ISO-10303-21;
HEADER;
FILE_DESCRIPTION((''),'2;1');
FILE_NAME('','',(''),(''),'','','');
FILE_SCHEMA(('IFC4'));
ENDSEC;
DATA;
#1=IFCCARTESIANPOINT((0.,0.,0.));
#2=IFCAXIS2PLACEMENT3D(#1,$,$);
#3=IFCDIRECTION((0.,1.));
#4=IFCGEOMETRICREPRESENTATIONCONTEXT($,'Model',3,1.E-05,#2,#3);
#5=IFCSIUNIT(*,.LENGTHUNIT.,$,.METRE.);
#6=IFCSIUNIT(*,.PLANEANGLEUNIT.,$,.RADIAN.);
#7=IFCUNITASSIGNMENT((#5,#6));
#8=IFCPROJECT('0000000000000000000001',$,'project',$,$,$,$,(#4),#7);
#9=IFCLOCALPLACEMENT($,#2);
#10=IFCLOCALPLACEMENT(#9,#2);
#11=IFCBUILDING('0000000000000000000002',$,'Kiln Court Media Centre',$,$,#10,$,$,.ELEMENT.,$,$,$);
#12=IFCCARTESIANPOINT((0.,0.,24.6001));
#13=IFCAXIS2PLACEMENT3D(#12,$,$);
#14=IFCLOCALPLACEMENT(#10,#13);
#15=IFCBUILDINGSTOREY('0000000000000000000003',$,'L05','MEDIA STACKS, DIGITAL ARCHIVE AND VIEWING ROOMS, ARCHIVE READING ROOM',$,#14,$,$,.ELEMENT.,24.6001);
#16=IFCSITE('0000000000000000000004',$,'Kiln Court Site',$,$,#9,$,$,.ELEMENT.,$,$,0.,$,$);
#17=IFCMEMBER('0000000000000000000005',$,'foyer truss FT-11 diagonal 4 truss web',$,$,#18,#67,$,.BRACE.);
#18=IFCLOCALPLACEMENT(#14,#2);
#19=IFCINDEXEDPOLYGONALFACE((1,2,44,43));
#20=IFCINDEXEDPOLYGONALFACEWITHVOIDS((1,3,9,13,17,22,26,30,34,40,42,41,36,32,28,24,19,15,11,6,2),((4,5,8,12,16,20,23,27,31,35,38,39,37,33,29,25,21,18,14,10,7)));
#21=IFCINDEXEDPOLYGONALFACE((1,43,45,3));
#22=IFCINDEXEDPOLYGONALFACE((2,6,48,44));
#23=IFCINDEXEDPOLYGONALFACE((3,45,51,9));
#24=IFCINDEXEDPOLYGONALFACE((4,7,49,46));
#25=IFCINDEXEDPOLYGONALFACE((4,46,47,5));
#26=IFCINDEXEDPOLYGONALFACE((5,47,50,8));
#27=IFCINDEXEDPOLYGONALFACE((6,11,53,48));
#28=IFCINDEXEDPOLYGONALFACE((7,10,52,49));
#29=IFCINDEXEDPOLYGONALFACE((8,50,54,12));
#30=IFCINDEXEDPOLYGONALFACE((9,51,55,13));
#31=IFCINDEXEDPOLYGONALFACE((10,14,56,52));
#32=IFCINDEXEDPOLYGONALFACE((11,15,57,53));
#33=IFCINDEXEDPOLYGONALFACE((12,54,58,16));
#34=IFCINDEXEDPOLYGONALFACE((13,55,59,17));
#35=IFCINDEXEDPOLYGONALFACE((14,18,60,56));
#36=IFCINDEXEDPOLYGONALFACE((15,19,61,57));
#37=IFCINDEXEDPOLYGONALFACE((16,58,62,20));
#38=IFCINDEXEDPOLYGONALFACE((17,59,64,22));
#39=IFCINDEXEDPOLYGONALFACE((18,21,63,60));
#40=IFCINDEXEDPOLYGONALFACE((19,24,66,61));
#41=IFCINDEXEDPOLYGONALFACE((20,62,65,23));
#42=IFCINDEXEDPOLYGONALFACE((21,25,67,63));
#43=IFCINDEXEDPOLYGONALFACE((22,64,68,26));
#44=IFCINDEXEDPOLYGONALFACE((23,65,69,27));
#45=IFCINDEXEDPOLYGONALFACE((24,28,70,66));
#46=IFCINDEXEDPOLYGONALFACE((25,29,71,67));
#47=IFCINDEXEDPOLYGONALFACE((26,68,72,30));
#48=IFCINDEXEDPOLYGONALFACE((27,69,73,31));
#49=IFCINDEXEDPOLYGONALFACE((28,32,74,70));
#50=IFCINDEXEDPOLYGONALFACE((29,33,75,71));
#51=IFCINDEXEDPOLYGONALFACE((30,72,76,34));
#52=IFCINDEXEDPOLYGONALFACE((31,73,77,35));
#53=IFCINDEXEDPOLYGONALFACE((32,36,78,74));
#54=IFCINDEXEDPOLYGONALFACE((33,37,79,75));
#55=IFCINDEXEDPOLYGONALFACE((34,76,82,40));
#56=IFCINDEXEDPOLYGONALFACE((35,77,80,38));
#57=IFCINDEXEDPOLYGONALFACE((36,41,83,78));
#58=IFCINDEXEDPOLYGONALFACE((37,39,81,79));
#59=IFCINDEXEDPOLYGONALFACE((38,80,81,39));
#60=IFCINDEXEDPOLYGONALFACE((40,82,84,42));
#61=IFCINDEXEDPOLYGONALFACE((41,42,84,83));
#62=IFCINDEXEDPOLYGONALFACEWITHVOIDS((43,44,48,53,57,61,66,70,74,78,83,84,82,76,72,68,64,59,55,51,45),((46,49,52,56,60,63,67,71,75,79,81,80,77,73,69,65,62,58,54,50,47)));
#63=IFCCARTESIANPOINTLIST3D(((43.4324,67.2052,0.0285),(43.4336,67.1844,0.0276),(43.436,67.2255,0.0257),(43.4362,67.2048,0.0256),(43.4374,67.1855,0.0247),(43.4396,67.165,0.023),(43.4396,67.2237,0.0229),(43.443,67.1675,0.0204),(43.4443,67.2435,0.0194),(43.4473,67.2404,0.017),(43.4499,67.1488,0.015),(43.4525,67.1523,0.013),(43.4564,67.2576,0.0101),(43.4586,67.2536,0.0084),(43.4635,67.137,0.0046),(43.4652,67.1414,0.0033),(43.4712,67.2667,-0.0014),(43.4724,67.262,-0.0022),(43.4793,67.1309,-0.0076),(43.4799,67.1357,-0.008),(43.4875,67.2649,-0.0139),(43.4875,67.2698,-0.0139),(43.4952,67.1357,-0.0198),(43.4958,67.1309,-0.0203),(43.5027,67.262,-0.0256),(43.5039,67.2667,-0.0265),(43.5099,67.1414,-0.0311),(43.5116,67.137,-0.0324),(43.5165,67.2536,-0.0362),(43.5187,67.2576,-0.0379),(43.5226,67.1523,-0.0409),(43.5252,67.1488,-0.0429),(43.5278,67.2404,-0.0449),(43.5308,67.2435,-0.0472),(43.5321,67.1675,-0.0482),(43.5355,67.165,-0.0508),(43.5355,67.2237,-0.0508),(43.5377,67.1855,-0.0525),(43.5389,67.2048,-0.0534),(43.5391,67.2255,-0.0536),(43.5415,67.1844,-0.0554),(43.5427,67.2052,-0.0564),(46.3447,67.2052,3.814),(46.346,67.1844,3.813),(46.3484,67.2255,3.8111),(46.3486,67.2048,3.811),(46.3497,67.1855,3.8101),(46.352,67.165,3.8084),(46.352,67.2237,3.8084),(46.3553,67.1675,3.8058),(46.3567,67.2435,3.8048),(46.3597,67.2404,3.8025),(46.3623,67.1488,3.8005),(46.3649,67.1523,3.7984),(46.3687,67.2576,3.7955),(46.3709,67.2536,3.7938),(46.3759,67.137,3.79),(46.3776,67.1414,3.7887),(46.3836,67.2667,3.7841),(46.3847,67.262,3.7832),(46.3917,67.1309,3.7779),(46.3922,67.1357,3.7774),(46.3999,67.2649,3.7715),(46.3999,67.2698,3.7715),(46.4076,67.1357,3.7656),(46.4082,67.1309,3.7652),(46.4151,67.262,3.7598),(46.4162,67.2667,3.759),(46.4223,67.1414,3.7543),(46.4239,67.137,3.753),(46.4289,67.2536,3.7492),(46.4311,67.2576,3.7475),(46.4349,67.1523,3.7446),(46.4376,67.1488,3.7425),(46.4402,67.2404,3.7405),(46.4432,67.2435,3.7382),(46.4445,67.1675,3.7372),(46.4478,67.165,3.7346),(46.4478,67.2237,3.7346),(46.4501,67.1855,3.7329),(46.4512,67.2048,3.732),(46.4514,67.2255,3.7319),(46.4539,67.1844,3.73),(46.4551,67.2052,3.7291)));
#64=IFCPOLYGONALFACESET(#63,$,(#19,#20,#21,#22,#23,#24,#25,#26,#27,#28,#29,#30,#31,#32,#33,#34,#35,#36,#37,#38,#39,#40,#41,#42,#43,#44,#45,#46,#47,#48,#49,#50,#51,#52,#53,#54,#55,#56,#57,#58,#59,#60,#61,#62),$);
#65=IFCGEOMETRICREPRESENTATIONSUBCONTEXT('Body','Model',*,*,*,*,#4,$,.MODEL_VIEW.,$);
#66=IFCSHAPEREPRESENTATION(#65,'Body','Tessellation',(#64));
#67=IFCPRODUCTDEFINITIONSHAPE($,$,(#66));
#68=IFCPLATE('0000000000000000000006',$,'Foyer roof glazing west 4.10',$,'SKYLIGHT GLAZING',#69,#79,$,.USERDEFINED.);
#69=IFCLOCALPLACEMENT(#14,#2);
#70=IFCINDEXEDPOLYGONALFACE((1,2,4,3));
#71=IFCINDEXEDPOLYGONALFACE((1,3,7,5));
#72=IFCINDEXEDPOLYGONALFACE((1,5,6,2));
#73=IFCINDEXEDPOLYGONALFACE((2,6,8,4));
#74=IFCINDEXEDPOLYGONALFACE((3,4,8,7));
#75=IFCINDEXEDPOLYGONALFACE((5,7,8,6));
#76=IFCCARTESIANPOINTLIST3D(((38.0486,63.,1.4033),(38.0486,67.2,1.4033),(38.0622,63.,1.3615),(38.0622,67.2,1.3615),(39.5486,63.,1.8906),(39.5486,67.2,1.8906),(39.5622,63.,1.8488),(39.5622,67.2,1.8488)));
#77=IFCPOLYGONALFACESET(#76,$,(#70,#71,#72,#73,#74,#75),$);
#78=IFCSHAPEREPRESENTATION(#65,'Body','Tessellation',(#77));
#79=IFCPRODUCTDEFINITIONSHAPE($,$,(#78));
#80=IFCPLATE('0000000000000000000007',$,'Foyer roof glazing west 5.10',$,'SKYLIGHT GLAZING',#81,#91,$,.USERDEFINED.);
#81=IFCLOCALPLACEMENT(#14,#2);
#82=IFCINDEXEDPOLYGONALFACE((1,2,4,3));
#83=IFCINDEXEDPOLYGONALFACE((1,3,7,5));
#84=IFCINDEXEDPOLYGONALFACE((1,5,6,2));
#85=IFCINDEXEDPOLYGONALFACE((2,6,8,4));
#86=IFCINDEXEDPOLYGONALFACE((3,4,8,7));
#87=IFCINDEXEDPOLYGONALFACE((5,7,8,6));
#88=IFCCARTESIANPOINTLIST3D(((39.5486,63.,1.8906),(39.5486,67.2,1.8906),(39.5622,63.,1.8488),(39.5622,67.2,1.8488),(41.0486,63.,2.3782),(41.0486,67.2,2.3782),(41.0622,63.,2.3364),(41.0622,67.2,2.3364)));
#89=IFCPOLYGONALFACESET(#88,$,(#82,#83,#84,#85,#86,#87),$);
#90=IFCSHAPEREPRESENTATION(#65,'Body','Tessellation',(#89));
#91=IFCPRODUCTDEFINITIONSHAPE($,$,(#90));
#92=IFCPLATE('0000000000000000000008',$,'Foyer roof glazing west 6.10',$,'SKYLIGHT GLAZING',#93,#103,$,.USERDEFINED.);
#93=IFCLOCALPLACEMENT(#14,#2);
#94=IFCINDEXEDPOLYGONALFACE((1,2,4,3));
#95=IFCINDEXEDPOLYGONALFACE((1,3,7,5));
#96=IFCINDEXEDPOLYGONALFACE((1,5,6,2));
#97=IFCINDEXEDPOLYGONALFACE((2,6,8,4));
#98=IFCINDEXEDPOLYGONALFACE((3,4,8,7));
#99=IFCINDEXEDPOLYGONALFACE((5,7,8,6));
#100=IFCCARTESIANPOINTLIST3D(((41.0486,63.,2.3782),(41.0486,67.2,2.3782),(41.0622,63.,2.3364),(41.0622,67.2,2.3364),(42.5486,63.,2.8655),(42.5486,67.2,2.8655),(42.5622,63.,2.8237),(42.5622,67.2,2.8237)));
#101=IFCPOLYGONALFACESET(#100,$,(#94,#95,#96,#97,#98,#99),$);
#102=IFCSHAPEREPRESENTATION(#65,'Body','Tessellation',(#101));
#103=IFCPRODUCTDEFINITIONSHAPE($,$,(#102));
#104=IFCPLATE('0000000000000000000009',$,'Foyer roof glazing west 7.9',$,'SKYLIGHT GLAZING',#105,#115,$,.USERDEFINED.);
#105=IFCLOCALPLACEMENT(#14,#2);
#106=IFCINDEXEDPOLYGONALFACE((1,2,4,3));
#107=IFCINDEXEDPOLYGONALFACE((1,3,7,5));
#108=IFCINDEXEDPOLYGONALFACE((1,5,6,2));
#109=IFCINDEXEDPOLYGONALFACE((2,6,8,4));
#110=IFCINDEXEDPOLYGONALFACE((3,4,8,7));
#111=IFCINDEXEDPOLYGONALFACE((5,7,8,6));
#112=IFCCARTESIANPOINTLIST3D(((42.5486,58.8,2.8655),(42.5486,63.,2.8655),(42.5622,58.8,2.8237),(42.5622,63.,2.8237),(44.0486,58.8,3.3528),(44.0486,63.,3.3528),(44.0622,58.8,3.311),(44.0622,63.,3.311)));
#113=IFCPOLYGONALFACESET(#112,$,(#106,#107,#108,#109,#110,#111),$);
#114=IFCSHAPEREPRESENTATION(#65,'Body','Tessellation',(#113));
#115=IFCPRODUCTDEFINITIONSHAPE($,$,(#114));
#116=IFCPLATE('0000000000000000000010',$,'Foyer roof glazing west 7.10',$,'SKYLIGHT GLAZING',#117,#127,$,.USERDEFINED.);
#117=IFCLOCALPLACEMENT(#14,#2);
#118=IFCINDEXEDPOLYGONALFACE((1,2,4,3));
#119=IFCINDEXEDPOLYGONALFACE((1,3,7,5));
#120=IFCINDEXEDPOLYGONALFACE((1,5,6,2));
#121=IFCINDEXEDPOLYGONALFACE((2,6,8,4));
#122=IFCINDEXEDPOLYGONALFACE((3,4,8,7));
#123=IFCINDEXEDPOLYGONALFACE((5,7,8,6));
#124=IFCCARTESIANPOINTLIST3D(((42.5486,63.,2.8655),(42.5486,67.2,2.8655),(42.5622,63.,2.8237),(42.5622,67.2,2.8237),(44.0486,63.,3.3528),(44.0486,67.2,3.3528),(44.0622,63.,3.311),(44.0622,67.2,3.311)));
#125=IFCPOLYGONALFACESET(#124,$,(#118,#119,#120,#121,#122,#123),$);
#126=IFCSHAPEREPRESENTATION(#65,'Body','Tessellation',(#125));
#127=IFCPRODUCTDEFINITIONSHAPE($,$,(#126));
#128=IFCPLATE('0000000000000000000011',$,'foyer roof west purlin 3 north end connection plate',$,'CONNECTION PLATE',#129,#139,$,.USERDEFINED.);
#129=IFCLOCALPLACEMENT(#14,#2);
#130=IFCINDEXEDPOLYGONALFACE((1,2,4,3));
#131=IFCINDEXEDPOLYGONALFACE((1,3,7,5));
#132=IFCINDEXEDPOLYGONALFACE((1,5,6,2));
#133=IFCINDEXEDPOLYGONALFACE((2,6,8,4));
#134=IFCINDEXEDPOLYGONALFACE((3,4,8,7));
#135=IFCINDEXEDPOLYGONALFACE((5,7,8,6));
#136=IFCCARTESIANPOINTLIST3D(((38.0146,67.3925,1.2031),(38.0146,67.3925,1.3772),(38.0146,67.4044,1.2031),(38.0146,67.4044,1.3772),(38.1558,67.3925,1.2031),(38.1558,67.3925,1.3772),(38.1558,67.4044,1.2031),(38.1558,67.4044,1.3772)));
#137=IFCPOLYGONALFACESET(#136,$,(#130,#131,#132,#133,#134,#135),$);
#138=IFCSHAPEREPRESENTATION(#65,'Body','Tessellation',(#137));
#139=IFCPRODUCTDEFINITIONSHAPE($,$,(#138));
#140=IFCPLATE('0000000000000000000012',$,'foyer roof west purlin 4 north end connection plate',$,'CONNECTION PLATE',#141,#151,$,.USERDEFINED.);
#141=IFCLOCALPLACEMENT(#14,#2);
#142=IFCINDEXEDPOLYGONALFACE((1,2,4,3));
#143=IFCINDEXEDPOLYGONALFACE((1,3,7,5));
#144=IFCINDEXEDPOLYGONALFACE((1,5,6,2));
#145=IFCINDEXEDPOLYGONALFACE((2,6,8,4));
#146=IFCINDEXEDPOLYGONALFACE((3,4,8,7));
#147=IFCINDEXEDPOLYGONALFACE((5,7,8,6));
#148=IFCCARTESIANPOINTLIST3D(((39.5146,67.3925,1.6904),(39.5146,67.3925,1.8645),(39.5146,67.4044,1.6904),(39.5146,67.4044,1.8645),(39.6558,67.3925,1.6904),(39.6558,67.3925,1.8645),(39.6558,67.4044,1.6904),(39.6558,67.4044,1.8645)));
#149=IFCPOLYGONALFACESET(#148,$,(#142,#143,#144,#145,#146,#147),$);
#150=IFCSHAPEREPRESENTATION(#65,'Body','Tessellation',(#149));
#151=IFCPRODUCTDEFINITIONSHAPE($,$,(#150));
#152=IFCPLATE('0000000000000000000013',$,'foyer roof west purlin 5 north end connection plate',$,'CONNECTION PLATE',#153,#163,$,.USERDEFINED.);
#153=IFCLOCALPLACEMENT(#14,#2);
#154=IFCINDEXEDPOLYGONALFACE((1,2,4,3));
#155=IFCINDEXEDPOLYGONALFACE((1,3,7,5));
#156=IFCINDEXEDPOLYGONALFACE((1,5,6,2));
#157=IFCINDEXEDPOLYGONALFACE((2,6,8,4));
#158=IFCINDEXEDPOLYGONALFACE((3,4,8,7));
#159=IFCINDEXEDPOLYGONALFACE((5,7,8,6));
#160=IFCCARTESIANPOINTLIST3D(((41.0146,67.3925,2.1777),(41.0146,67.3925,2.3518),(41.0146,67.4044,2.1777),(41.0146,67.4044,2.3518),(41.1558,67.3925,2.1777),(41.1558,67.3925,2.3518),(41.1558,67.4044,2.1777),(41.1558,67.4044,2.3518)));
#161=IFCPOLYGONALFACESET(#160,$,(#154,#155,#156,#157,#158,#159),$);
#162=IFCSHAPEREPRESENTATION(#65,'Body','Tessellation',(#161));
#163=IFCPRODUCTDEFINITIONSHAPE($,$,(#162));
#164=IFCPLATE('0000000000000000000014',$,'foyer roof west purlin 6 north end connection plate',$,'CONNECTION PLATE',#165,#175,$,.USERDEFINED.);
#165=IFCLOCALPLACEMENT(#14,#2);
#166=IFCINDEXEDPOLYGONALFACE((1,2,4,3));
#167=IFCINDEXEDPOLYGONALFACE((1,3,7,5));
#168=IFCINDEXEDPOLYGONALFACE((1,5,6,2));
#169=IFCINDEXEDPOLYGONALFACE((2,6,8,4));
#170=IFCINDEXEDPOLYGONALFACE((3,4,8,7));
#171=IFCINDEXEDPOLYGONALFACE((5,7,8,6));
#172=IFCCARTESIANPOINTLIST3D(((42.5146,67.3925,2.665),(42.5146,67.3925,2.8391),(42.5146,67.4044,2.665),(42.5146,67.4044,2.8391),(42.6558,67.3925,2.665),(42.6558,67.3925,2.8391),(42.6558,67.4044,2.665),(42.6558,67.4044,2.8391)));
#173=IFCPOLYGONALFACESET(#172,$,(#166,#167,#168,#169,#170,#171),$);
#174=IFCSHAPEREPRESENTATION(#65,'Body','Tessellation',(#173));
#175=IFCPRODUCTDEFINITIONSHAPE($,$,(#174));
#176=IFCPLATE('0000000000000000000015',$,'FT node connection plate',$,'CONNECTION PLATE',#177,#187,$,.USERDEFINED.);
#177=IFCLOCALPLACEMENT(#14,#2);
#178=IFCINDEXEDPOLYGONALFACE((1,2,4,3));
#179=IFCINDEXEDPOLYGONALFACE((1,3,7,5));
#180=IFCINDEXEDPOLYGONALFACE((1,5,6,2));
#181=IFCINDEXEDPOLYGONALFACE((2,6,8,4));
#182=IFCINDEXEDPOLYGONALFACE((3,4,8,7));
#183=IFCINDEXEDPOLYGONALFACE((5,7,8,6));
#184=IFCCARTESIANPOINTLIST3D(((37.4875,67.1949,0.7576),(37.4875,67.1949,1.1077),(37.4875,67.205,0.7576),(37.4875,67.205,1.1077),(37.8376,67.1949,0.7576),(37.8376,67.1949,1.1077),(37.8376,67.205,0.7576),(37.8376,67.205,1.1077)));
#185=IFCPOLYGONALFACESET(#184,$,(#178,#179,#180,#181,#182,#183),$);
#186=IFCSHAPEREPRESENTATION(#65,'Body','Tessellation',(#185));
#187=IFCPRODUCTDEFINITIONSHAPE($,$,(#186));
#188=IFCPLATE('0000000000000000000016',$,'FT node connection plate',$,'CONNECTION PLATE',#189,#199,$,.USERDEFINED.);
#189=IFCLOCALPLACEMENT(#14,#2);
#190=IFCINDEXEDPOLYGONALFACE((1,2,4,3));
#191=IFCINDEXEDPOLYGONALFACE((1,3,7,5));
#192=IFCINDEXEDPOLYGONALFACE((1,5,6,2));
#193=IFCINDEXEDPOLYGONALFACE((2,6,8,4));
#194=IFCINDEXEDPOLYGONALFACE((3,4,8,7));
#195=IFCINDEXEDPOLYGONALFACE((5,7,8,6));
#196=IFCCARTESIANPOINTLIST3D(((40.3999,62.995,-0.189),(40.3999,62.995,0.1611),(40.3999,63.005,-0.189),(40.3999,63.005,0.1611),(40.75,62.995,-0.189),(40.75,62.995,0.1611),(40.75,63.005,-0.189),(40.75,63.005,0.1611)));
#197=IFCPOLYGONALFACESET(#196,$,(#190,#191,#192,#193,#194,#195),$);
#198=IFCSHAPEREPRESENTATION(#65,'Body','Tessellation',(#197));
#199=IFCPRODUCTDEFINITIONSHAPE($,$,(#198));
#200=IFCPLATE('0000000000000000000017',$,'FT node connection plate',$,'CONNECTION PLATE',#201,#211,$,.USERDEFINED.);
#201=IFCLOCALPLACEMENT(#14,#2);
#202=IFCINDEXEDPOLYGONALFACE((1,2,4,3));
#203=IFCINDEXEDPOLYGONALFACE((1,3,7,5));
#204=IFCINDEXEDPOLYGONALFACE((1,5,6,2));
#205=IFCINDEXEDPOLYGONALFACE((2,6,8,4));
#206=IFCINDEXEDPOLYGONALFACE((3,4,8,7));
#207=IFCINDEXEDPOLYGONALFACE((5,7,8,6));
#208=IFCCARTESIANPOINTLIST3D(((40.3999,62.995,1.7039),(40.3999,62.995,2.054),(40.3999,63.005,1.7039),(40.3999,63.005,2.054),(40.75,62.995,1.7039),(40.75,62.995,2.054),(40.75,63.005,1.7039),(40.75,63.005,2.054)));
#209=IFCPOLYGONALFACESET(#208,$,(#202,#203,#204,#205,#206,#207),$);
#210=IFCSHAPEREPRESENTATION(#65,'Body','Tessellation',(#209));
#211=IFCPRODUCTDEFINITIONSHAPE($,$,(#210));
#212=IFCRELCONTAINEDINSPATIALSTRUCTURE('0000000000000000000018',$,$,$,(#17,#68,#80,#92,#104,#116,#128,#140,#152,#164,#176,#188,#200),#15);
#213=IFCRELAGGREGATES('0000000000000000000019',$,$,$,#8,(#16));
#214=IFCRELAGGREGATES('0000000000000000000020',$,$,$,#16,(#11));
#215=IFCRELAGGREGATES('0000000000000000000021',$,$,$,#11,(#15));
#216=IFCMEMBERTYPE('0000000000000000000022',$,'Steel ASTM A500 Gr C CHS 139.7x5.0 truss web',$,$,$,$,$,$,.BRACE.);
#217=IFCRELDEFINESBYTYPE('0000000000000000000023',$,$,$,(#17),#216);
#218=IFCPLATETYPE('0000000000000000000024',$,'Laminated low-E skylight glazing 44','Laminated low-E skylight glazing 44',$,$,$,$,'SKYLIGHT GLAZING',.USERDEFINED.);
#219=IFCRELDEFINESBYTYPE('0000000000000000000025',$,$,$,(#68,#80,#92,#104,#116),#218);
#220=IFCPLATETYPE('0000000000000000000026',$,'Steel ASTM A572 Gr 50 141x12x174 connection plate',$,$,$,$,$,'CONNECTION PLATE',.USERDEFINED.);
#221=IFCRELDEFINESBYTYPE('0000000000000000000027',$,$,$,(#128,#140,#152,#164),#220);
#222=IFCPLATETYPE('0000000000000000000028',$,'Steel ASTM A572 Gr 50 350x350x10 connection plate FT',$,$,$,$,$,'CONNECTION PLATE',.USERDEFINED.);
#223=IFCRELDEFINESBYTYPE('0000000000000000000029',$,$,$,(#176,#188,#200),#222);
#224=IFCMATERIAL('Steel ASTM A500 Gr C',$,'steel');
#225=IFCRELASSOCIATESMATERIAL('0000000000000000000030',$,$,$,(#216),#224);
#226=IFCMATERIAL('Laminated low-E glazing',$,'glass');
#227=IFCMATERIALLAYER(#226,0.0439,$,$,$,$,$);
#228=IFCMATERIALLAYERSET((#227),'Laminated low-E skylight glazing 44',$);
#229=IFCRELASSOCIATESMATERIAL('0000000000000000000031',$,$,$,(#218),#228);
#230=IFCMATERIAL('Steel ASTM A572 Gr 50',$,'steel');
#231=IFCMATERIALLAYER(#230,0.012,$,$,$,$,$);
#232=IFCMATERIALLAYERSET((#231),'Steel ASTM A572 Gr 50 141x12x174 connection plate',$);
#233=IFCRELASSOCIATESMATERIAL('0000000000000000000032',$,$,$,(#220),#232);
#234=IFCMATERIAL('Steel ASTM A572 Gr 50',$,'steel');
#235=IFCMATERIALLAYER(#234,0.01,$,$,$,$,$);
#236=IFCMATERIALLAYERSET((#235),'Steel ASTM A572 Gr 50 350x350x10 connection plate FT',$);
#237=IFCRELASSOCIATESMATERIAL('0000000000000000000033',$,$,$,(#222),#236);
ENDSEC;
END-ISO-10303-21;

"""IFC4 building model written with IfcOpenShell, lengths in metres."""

from ifc_helpers import new_model, si_unit, direction, frame, origin, origin_2d, place, context, subcontext, project, spatial, polyline, rectangle, hollow_circle, outline, extrude, material, layer, layer_set, material_profile, profile_set, type_object, element, save


model = new_model("IFC4")

# Units and contexts
model_context = context("Model", 3, precision=1e-05, world=origin(), true_north=direction((0.0, 1.0)))
body_context = subcontext(model_context, "Body", "Model", "MODEL_VIEW")
ifc_project = project(units=[si_unit("LENGTHUNIT", "METRE"), si_unit("PLANEANGLEUNIT", "RADIAN")], contexts=[model_context])

# Site, building, storey
site_placement = place(None, origin())
site = spatial("IfcSite", under=ifc_project, at=site_placement, Name="Kiln Court Site", CompositionType="ELEMENT", RefElevation=0.0)
building_placement = place(site_placement, origin())
building = spatial("IfcBuilding", under=site, at=building_placement, Name="Kiln Court Media Centre", CompositionType="ELEMENT")
storey_placement = place(building_placement, frame((0.0, 0.0, 24.6001)))
storey = spatial("IfcBuildingStorey", under=building, at=storey_placement, Name="L05", Description="MEDIA STACKS, DIGITAL ARCHIVE AND VIEWING ROOMS, ARCHIVE READING ROOM", CompositionType="ELEMENT", Elevation=24.6001)

# Member
ifc_material_1 = material(Name="Steel ASTM A500 Gr C", Category="steel")
ifc_material_profile_1 = material_profile(ifc_material_1, hollow_circle(Radius=0.0698, WallThickness=0.0049, at=origin_2d()), Name="CHS 139.7x5.0")
ifc_profile_set_1 = profile_set([ifc_material_profile_1], Name="Steel ASTM A500 Gr C")
member_type_1 = type_object("IfcMemberType", Name="Steel ASTM A500 Gr C CHS 139.7x5.0 truss web", PredefinedType="BRACE", material=ifc_profile_set_1)
member_1_placement = place(storey_placement, frame((43.4875, 67.2, -0.0139), z_axis=(0.609777, 0.0, 0.792573), x_axis=(0.0, 1.0, 0.0)))
element("IfcMember", 1, at=member_1_placement, inside=storey, type_object=member_type_1, Name="foyer truss FT-11 diagonal 4 truss web", PredefinedType="BRACE", context=body_context, shape_type="SweptSolid", body=[
    extrude(hollow_circle(Radius=0.0698, WallThickness=0.0049, at=origin_2d()), origin(), (0.0, 0.0, 1.0), 4.7761),
])

# Plates
ifc_material_2 = material(Name="Laminated low-E glazing", Category="glass")
ifc_layer_1 = layer(ifc_material_2, 0.0439)
ifc_layer_set_1 = layer_set([ifc_layer_1], Name="Laminated low-E skylight glazing 44")
plate_type_1 = type_object("IfcPlateType", Name="Laminated low-E skylight glazing 44", Description="Laminated low-E skylight glazing 44", ElementType="SKYLIGHT GLAZING", PredefinedType="USERDEFINED", material=ifc_layer_set_1)
plate_1_placement = place(storey_placement, frame((38.0486, 63.0, 1.4033), z_axis=(-0.308974, 0.0, 0.95107), x_axis=(0.95107, 0.0, 0.308974)))
element("IfcPlate", 2, at=plate_1_placement, inside=storey, type_object=plate_type_1, Name="Foyer roof glazing west 4.10", ObjectType="SKYLIGHT GLAZING", PredefinedType="USERDEFINED", context=body_context, shape_type="SweptSolid", body=[
    extrude(outline(polyline([(0.0, 0.0), (1.5772, 0.0), (1.5772, 4.2), (0.0, 4.2), (0.0, 0.0)])), origin(), (0.0, 0.0, -1.0), 0.0439),
])
plate_2_placement = place(storey_placement, frame((39.5486, 63.0, 1.8906), z_axis=(-0.309114, 0.0, 0.951025), x_axis=(0.951025, 0.0, 0.309114)))
element("IfcPlate", 3, at=plate_2_placement, inside=storey, type_object=plate_type_1, Name="Foyer roof glazing west 5.10", ObjectType="SKYLIGHT GLAZING", PredefinedType="USERDEFINED", context=body_context, shape_type="SweptSolid", body=[
    extrude(outline(polyline([(0.0, 0.0), (1.5772, 0.0), (1.5772, 4.2), (0.0, 4.2), (0.0, 0.0)])), origin(), (0.0, 0.0, -1.0), 0.0439),
])
for number, where, z_axis, x_axis, name in (
    (4, (41.0486, 63.0, 2.3782), (-0.308974, 0.0, 0.95107), (0.95107, 0.0, 0.308974), "Foyer roof glazing west 6.10"),
    (5, (42.5486, 58.8, 2.8655), (-0.308974, 0.0, 0.95107), (0.95107, 0.0, 0.308974), "Foyer roof glazing west 7.9"),
    (6, (42.5486, 63.0, 2.8655), (-0.308974, 0.0, 0.95107), (0.95107, 0.0, 0.308974), "Foyer roof glazing west 7.10"),
):
    element("IfcPlate", number, at=place(storey_placement, frame(where, z_axis=z_axis, x_axis=x_axis)), inside=storey, type_object=plate_type_1, Name=name, ObjectType="SKYLIGHT GLAZING", PredefinedType="USERDEFINED", context=body_context, shape_type="SweptSolid", body=[
        extrude(outline(polyline([(0.0, 0.0), (1.5772, 0.0), (1.5772, 4.2), (0.0, 4.2), (0.0, 0.0)])), origin(), (0.0, 0.0, -1.0), 0.0439),
    ])
ifc_material_3 = material(Name="Steel ASTM A572 Gr 50", Category="steel")
ifc_layer_2 = layer(ifc_material_3, 0.012)
ifc_layer_set_2 = layer_set([ifc_layer_2], Name="Steel ASTM A572 Gr 50 141x12x174 connection plate")
plate_type_2 = type_object("IfcPlateType", Name="Steel ASTM A572 Gr 50 141x12x174 connection plate", ElementType="CONNECTION PLATE", PredefinedType="USERDEFINED", material=ifc_layer_set_2)
for number, where, z_axis, x_axis, name in (
    (7, (38.0852, 67.3984, 1.2031), (0.0, 0.0, 1.0), (1.0, 0.0, 0.0), "foyer roof west purlin 3 north end connection plate"),
    (8, (39.5852, 67.3984, 1.6904), (0.0, 0.0, 1.0), (1.0, 0.0, 0.0), "foyer roof west purlin 4 north end connection plate"),
    (9, (41.0852, 67.3984, 2.1777), (0.0, 0.0, 1.0), (1.0, 0.0, 0.0), "foyer roof west purlin 5 north end connection plate"),
    (10, (42.5852, 67.3984, 2.665), (0.0, 0.0, 1.0), (1.0, 0.0, 0.0), "foyer roof west purlin 6 north end connection plate"),
):
    element("IfcPlate", number, at=place(storey_placement, frame(where, z_axis=z_axis, x_axis=x_axis)), inside=storey, type_object=plate_type_2, Name=name, ObjectType="CONNECTION PLATE", PredefinedType="USERDEFINED", context=body_context, shape_type="SweptSolid", body=[
        extrude(rectangle(XDim=0.1411, YDim=0.012, at=origin_2d()), origin(), (0.0, 0.0, 1.0), 0.1741),
    ])
ifc_material_4 = material(Name="Steel ASTM A572 Gr 50", Category="steel")
ifc_layer_3 = layer(ifc_material_4, 0.01)
ifc_layer_set_3 = layer_set([ifc_layer_3], Name="Steel ASTM A572 Gr 50 350x350x10 connection plate FT")
plate_type_3 = type_object("IfcPlateType", Name="Steel ASTM A572 Gr 50 350x350x10 connection plate FT", ElementType="CONNECTION PLATE", PredefinedType="USERDEFINED", material=ifc_layer_set_3)
for number, where, z_axis, x_axis, name in (
    (11, (37.6626, 67.2, 0.7576), (0.0, 0.0, 1.0), (1.0, 0.0, 0.0), "FT node connection plate"),
    (12, (40.575, 63.0, -0.189), (0.0, 0.0, 1.0), (1.0, 0.0, 0.0), "FT node connection plate"),
    (13, (40.575, 63.0, 1.7039), (0.0, 0.0, 1.0), (1.0, 0.0, 0.0), "FT node connection plate"),
):
    element("IfcPlate", number, at=place(storey_placement, frame(where, z_axis=z_axis, x_axis=x_axis)), inside=storey, type_object=plate_type_3, Name=name, ObjectType="CONNECTION PLATE", PredefinedType="USERDEFINED", context=body_context, shape_type="SweptSolid", body=[
        extrude(rectangle(XDim=0.3501, YDim=0.01, at=origin_2d()), origin(), (0.0, 0.0, 1.0), 0.3501),
    ])

save(model, "model.ifc")
